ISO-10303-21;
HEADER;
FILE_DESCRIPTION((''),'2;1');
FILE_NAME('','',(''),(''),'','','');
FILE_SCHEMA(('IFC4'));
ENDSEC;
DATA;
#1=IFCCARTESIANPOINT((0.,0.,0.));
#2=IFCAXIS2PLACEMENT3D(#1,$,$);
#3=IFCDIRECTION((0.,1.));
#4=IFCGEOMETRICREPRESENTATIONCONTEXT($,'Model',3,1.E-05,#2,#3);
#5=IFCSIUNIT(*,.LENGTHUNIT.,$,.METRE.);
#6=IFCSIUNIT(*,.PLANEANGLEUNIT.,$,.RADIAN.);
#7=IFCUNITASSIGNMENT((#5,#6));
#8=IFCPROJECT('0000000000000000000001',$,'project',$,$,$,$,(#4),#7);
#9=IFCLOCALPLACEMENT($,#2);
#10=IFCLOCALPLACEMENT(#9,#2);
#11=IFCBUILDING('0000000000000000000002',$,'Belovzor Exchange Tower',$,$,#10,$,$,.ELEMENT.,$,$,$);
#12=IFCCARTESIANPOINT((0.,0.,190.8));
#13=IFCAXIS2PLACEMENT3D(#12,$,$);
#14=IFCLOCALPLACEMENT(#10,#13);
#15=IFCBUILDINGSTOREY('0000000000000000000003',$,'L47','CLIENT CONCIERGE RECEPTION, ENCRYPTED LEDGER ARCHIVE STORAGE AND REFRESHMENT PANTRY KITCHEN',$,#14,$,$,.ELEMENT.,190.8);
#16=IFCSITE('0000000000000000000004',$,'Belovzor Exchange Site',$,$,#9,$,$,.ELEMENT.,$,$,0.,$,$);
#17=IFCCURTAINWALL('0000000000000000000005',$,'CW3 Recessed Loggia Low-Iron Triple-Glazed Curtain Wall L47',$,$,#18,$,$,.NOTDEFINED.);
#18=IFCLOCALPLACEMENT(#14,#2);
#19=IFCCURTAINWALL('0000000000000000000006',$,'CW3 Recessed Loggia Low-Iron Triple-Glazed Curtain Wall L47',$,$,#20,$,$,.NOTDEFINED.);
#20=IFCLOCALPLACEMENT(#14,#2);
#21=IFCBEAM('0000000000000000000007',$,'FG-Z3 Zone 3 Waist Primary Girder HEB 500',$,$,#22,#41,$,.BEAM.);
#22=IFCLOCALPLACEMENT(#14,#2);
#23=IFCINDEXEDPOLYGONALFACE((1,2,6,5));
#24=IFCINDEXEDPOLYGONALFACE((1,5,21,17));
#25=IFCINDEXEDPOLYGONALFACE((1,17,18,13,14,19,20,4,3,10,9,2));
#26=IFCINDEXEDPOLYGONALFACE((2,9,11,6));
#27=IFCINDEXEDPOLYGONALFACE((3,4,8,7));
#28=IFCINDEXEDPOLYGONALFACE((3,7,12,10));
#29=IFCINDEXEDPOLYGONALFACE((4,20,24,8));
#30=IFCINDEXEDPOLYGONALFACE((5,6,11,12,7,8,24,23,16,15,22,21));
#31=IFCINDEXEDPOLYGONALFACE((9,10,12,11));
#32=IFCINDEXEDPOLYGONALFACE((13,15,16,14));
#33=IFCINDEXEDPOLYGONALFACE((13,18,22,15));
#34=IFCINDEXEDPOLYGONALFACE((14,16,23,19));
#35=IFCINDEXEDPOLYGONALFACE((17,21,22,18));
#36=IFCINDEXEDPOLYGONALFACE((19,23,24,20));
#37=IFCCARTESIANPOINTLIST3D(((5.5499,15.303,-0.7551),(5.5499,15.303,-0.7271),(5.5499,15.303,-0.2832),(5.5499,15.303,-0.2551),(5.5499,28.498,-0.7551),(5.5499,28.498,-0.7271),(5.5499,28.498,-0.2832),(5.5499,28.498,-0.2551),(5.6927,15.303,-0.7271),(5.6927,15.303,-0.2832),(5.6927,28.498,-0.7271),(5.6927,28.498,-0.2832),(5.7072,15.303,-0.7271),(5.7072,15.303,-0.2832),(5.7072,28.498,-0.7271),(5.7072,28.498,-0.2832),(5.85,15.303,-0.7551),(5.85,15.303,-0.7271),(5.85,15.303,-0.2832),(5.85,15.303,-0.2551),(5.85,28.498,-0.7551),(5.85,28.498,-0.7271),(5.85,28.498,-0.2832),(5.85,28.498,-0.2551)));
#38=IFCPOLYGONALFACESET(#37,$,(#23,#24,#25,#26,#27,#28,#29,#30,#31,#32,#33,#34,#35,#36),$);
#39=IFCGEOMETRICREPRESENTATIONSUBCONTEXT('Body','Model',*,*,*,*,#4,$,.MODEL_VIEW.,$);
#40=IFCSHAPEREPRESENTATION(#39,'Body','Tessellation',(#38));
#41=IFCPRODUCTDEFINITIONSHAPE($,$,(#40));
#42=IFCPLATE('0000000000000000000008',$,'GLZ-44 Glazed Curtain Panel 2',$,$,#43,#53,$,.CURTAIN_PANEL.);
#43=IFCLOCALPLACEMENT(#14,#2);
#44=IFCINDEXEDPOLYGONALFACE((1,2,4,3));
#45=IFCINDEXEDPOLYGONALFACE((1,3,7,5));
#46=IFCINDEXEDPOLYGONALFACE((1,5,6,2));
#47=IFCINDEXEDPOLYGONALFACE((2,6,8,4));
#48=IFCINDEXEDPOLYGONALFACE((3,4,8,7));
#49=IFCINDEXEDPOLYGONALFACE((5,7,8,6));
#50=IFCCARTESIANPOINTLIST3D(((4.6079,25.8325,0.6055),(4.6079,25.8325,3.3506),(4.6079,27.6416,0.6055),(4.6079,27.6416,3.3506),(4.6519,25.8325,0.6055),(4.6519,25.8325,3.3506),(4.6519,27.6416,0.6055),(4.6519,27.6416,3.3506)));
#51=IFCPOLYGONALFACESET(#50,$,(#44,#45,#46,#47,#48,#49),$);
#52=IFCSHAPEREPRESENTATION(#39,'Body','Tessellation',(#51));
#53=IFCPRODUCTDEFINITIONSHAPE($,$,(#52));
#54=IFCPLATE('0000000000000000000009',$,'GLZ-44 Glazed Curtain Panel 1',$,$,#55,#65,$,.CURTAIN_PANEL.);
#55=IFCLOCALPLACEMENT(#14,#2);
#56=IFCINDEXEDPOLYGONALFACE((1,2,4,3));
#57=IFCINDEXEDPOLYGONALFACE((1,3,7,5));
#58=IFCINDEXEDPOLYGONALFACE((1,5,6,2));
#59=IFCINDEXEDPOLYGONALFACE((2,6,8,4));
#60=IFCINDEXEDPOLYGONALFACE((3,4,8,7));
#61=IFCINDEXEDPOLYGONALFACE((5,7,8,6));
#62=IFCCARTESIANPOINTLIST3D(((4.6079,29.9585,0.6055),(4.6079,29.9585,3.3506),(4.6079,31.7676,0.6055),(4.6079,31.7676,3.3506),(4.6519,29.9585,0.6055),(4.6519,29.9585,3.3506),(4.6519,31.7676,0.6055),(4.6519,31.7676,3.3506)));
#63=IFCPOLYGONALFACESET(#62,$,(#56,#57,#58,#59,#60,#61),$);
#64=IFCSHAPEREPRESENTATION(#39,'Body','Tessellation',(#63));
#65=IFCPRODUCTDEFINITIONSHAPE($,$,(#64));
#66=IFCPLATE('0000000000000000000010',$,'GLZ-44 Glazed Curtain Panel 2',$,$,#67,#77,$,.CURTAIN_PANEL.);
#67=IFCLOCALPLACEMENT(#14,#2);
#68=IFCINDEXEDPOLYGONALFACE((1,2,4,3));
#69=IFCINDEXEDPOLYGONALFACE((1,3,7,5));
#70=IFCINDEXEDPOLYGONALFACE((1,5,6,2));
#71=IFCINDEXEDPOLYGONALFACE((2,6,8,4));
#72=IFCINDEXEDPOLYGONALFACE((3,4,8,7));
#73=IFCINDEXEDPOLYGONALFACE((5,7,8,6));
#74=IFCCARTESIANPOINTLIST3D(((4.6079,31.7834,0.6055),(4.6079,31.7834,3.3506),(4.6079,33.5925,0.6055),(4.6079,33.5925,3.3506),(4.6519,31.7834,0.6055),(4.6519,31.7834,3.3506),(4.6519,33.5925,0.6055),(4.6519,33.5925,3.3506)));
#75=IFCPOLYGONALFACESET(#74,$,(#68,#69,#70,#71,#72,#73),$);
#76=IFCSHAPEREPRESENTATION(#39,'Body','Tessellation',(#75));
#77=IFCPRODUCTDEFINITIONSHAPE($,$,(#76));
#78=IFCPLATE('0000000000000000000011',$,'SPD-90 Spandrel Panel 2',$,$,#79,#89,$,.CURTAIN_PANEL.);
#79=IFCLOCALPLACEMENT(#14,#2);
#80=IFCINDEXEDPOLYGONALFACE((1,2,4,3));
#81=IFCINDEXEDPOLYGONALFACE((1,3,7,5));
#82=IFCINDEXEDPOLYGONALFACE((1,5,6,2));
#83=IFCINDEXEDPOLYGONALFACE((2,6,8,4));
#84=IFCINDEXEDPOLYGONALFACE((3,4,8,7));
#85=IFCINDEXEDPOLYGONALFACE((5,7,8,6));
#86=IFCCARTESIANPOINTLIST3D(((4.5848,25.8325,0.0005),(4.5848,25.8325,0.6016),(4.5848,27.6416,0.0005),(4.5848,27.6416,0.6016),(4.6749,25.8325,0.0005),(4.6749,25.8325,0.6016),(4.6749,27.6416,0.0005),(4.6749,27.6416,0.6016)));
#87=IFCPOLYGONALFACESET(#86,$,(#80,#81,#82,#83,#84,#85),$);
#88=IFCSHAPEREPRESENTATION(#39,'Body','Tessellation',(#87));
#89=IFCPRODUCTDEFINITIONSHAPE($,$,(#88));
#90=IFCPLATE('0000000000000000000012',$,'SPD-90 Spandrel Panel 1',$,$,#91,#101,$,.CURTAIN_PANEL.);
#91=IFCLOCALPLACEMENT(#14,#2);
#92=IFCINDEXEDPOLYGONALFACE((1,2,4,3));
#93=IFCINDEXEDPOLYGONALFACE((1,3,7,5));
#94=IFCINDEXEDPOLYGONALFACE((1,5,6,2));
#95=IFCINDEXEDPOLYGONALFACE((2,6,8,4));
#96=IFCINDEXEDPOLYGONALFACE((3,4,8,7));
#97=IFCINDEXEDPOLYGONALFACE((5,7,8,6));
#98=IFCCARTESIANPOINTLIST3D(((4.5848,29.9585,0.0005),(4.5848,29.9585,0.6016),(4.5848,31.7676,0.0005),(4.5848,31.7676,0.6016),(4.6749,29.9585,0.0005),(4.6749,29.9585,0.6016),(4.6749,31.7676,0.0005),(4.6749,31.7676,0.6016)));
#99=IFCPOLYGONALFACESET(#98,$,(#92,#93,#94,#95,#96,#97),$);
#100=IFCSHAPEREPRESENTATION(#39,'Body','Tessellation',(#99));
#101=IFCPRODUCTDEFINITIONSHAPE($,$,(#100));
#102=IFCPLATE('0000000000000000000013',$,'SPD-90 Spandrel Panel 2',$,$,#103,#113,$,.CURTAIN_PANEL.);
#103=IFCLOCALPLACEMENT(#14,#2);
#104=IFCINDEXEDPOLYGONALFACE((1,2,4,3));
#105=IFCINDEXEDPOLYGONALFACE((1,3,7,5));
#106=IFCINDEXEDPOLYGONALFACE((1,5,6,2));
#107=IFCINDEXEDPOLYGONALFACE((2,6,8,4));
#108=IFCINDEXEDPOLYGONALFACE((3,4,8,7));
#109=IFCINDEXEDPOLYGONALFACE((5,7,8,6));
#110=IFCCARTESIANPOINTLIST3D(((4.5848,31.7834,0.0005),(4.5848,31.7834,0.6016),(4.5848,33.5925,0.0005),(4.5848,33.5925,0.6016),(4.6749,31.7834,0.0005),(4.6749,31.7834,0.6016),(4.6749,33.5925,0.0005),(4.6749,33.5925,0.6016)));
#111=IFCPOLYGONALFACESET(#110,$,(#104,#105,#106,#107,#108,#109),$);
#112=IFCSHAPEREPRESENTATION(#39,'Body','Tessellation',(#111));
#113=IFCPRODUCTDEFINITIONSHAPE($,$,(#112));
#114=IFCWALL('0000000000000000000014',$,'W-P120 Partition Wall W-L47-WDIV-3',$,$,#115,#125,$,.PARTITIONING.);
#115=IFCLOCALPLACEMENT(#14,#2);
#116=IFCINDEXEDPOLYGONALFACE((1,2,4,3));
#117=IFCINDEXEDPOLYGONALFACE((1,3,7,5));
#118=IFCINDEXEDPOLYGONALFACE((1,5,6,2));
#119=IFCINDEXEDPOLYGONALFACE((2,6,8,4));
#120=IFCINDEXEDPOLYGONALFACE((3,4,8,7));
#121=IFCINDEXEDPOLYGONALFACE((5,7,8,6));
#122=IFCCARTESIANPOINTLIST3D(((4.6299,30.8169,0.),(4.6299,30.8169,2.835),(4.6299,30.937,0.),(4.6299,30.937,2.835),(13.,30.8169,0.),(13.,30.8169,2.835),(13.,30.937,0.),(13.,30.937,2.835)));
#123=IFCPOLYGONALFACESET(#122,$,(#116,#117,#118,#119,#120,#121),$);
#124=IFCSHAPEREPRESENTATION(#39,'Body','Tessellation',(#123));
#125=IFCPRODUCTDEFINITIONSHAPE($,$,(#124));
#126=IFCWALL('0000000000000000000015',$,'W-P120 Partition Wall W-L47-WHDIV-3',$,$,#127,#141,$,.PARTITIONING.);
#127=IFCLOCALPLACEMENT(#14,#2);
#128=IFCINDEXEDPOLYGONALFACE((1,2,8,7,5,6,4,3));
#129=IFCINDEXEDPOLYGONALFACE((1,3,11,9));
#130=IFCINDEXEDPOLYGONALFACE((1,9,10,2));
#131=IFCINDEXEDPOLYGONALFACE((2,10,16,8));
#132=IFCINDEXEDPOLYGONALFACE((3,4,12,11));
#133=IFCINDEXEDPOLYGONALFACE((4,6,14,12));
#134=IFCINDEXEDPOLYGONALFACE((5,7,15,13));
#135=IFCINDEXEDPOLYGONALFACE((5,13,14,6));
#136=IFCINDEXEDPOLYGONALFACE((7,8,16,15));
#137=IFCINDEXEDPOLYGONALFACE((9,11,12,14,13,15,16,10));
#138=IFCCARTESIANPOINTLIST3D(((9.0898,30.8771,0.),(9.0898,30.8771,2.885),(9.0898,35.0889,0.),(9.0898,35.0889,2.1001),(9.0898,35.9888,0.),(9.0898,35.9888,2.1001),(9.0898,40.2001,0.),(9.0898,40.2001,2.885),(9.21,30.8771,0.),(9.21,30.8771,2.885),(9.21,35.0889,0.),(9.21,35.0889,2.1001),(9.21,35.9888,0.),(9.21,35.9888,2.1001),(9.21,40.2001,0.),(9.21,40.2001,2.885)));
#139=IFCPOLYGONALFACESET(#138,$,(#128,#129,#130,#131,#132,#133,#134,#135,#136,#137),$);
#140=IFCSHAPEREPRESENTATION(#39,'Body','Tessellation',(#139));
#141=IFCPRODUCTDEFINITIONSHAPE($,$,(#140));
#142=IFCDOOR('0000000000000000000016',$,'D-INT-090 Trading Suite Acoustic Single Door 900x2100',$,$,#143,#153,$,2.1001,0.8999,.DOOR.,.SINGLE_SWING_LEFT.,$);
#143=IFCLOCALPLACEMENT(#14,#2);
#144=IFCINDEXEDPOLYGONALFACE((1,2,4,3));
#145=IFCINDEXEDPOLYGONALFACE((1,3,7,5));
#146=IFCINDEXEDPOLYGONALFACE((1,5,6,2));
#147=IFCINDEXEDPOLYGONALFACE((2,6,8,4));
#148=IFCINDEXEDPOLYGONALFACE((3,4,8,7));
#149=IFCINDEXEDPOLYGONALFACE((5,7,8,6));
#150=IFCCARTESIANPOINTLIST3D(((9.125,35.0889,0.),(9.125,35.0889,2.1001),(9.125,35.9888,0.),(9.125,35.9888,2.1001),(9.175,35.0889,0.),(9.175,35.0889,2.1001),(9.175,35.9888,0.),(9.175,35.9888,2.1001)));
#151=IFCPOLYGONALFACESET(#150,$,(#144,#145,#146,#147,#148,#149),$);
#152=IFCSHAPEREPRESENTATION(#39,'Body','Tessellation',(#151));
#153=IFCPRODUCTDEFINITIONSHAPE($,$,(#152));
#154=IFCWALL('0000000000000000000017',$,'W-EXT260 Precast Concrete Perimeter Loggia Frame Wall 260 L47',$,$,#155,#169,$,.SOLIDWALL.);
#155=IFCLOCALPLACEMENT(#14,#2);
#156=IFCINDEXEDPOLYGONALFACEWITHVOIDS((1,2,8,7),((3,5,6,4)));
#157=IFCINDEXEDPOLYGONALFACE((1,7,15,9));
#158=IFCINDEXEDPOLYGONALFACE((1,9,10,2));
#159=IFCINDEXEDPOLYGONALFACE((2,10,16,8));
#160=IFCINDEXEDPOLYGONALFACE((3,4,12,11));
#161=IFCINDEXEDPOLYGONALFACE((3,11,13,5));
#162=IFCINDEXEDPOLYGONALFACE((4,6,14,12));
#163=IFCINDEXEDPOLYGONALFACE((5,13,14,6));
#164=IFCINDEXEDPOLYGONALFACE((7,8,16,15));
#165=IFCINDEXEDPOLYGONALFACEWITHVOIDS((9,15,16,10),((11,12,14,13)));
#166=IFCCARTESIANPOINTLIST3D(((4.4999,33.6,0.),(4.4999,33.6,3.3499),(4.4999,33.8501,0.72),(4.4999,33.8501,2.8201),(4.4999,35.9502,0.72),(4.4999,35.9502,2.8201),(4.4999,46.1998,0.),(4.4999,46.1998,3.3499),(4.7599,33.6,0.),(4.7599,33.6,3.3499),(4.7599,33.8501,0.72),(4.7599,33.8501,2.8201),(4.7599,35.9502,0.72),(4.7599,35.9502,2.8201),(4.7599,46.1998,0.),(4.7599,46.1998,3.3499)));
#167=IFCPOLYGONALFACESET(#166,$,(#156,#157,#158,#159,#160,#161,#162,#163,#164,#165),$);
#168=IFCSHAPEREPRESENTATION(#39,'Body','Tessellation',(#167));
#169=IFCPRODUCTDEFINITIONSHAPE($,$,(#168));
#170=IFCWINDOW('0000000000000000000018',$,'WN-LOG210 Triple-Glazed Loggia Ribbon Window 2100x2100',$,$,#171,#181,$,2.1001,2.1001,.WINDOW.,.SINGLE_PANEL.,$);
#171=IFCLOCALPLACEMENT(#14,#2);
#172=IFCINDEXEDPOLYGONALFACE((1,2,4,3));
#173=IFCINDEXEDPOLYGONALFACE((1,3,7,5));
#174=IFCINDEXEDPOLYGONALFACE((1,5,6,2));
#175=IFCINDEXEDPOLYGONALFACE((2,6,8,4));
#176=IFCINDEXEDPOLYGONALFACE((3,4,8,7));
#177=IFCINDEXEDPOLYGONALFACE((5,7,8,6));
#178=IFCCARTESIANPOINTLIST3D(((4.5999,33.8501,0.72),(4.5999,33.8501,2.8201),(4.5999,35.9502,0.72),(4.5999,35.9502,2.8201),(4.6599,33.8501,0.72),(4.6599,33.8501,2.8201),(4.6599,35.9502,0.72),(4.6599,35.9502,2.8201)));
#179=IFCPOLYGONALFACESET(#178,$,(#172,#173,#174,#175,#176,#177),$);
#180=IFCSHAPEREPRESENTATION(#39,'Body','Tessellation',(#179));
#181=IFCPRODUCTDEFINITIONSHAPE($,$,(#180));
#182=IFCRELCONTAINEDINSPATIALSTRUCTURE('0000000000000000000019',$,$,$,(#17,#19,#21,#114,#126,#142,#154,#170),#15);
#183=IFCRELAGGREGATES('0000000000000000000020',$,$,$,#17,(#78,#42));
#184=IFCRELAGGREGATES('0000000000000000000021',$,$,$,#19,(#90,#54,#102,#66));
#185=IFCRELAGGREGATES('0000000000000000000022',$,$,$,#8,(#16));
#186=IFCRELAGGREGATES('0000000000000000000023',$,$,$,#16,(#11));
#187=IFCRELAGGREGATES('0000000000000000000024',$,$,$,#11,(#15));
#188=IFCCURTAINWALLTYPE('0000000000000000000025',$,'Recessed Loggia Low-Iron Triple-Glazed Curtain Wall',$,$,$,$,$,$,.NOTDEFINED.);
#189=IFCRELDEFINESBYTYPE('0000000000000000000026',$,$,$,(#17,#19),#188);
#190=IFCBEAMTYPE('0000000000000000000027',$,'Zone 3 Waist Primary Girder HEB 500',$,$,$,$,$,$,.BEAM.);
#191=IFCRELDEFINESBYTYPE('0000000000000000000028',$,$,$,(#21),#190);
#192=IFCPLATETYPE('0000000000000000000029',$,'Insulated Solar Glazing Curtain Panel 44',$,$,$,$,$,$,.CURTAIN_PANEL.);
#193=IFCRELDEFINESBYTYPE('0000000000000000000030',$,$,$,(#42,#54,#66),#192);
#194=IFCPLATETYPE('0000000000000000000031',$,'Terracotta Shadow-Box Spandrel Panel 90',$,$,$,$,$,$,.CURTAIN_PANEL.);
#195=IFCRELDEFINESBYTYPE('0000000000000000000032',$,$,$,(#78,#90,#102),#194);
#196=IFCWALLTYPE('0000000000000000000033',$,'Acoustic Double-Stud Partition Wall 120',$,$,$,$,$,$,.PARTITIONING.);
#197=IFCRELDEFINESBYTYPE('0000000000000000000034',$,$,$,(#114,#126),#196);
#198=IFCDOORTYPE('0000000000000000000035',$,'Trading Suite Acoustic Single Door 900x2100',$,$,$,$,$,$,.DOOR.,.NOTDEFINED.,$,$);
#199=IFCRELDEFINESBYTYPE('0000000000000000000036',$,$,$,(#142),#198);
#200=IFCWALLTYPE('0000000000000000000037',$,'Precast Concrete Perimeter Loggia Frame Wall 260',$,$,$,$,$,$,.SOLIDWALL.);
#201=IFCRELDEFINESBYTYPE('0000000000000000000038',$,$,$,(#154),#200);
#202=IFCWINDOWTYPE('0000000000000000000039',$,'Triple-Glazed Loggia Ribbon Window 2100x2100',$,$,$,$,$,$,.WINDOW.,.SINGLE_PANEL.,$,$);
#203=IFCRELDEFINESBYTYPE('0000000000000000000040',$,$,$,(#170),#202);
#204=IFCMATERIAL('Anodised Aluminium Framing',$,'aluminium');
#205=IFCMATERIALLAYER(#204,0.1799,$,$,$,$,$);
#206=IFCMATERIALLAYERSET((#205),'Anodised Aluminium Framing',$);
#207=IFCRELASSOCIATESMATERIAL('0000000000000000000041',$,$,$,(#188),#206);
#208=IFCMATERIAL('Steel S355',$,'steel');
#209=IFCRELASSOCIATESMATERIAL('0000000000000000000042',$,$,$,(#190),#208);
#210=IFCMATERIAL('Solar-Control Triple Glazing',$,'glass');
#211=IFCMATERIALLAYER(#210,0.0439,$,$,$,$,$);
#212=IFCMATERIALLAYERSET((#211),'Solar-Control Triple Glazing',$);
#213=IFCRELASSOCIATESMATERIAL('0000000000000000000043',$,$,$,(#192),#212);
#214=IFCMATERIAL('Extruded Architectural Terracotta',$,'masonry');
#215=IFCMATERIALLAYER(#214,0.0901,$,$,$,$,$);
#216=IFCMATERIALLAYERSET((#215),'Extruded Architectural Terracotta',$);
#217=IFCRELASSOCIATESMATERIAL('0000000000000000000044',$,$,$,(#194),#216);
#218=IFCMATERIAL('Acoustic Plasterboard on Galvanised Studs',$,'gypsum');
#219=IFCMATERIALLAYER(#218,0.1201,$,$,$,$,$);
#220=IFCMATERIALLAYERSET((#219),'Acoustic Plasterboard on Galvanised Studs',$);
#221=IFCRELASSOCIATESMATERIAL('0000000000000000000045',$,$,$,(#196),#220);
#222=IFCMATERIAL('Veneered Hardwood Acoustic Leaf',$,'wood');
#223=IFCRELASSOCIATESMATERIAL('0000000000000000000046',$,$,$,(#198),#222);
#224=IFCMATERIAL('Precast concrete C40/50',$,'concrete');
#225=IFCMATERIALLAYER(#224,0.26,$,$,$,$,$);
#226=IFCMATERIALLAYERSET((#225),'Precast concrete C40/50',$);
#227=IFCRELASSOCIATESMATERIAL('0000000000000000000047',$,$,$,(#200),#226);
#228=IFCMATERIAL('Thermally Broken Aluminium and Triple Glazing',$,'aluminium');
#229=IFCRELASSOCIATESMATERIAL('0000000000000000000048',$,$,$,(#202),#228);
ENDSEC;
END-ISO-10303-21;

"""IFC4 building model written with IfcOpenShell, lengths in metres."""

from ifc_helpers import new_model, si_unit, direction, frame, frame_2d, origin, origin_2d, place, context, subcontext, project, spatial, rectangle, i_section, extrude, material, layer, layer_set, material_profile, profile_set, type_object, element, fill, aggregate, save


model = new_model("IFC4")

# Units and contexts
model_context = context("Model", 3, precision=1e-05, world=origin(), true_north=direction((0.0, 1.0)))
body_context = subcontext(model_context, "Body", "Model", "MODEL_VIEW")
ifc_project = project(units=[si_unit("LENGTHUNIT", "METRE"), si_unit("PLANEANGLEUNIT", "RADIAN")], contexts=[model_context])

# Site, building, storey
site_placement = place(None, origin())
site = spatial("IfcSite", under=ifc_project, at=site_placement, Name="Belovzor Exchange Site", CompositionType="ELEMENT", RefElevation=0.0)
building_placement = place(site_placement, origin())
building = spatial("IfcBuilding", under=site, at=building_placement, Name="Belovzor Exchange Tower", CompositionType="ELEMENT")
storey_placement = place(building_placement, frame((0.0, 0.0, 190.8)))
storey = spatial("IfcBuildingStorey", under=building, at=storey_placement, Name="L47", Description="CLIENT CONCIERGE RECEPTION, ENCRYPTED LEDGER ARCHIVE STORAGE AND REFRESHMENT PANTRY KITCHEN", CompositionType="ELEMENT", Elevation=190.8)

# Curtain wall
ifc_material_1 = material(Name="Anodised Aluminium Framing", Category="aluminium")
ifc_layer_1 = layer(ifc_material_1, 0.1799)
ifc_layer_set_1 = layer_set([ifc_layer_1], Name="Anodised Aluminium Framing")
curtain_wall_type = type_object("IfcCurtainWallType", Name="Recessed Loggia Low-Iron Triple-Glazed Curtain Wall", PredefinedType="NOTDEFINED", material=ifc_layer_set_1)
curtain_wall_1_placement = place(storey_placement, origin())
curtain_wall_1 = element("IfcCurtainWall", 1, at=curtain_wall_1_placement, inside=storey, type_object=curtain_wall_type, Name="CW3 Recessed Loggia Low-Iron Triple-Glazed Curtain Wall L47", PredefinedType="NOTDEFINED")

# Curtain wall
curtain_wall_2_placement = place(storey_placement, origin())
curtain_wall_2 = element("IfcCurtainWall", 2, at=curtain_wall_2_placement, inside=storey, type_object=curtain_wall_type, Name="CW3 Recessed Loggia Low-Iron Triple-Glazed Curtain Wall L47", PredefinedType="NOTDEFINED")

# Beam
ifc_material_2 = material(Name="Steel S355", Category="steel")
ifc_material_profile_1 = material_profile(ifc_material_2, i_section(OverallWidth=0.3, OverallDepth=0.5, WebThickness=0.0144, FlangeThickness=0.0281, at=origin_2d()))
ifc_profile_set_1 = profile_set([ifc_material_profile_1], Name="Steel S355")
beam_type_1 = type_object("IfcBeamType", Name="Zone 3 Waist Primary Girder HEB 500", PredefinedType="BEAM", material=ifc_profile_set_1)
beam_1_placement = place(storey_placement, frame((5.7, 28.498, -0.5051), z_axis=(0.0, -1.0, 0.0), x_axis=(1.0, 0.0, 0.0)))
element("IfcBeam", 3, at=beam_1_placement, inside=storey, type_object=beam_type_1, Name="FG-Z3 Zone 3 Waist Primary Girder HEB 500", PredefinedType="BEAM", context=body_context, shape_type="SweptSolid", body=[
    extrude(i_section(OverallWidth=0.3, OverallDepth=0.5, WebThickness=0.0144, FlangeThickness=0.0281, at=origin_2d()), origin(), (0.0, 0.0, 1.0), 13.1951),
])

# Plates
ifc_material_3 = material(Name="Solar-Control Triple Glazing", Category="glass")
ifc_layer_2 = layer(ifc_material_3, 0.0439)
ifc_layer_set_2 = layer_set([ifc_layer_2], Name="Solar-Control Triple Glazing")
plate_type_1 = type_object("IfcPlateType", Name="Insulated Solar Glazing Curtain Panel 44", PredefinedType="CURTAIN_PANEL", material=ifc_layer_set_2)
plate_1_placement = place(storey_placement, frame((4.6299, 26.7371, 0.6055), z_axis=(0.0, 0.0, 1.0), x_axis=(0.0, 1.0, 0.0)))
plate_1 = element("IfcPlate", 4, at=plate_1_placement, type_object=plate_type_1, Name="GLZ-44 Glazed Curtain Panel 2", PredefinedType="CURTAIN_PANEL", context=body_context, shape_type="SweptSolid", body=[
    extrude(rectangle(XDim=1.8091, YDim=0.0439, at=origin_2d()), origin(), (0.0, 0.0, 1.0), 2.7451),
])
plate_2_placement = place(storey_placement, frame((4.6299, 30.863, 0.6055), z_axis=(0.0, 0.0, 1.0), x_axis=(0.0, 1.0, 0.0)))
plate_2 = element("IfcPlate", 5, at=plate_2_placement, type_object=plate_type_1, Name="GLZ-44 Glazed Curtain Panel 1", PredefinedType="CURTAIN_PANEL", context=body_context, shape_type="SweptSolid", body=[
    extrude(rectangle(XDim=1.8091, YDim=0.0439, at=origin_2d()), origin(), (0.0, 0.0, 1.0), 2.7451),
])
plate_3_placement = place(storey_placement, frame((4.6299, 32.688, 0.6055), z_axis=(0.0, 0.0, 1.0), x_axis=(0.0, 1.0, 0.0)))
plate_3 = element("IfcPlate", 6, at=plate_3_placement, type_object=plate_type_1, Name="GLZ-44 Glazed Curtain Panel 2", PredefinedType="CURTAIN_PANEL", context=body_context, shape_type="SweptSolid", body=[
    extrude(rectangle(XDim=1.8091, YDim=0.0439, at=origin_2d()), origin(), (0.0, 0.0, 1.0), 2.7451),
])
ifc_material_4 = material(Name="Extruded Architectural Terracotta", Category="masonry")
ifc_layer_3 = layer(ifc_material_4, 0.0901)
ifc_layer_set_3 = layer_set([ifc_layer_3], Name="Extruded Architectural Terracotta")
plate_type_2 = type_object("IfcPlateType", Name="Terracotta Shadow-Box Spandrel Panel 90", PredefinedType="CURTAIN_PANEL", material=ifc_layer_set_3)
plate_4_placement = place(storey_placement, frame((4.6299, 26.7371, 0.0005), z_axis=(0.0, 0.0, 1.0), x_axis=(0.0, 1.0, 0.0)))
plate_4 = element("IfcPlate", 7, at=plate_4_placement, type_object=plate_type_2, Name="SPD-90 Spandrel Panel 2", PredefinedType="CURTAIN_PANEL", context=body_context, shape_type="SweptSolid", body=[
    extrude(rectangle(XDim=1.8091, YDim=0.0901, at=origin_2d()), origin(), (0.0, 0.0, 1.0), 0.6011),
])
aggregate(curtain_wall_1, [plate_4, plate_1])
plate_5_placement = place(storey_placement, frame((4.6299, 30.863, 0.0005), z_axis=(0.0, 0.0, 1.0), x_axis=(0.0, 1.0, 0.0)))
plate_5 = element("IfcPlate", 8, at=plate_5_placement, type_object=plate_type_2, Name="SPD-90 Spandrel Panel 1", PredefinedType="CURTAIN_PANEL", context=body_context, shape_type="SweptSolid", body=[
    extrude(rectangle(XDim=1.8091, YDim=0.0901, at=origin_2d()), origin(), (0.0, 0.0, 1.0), 0.6011),
])
plate_6_placement = place(storey_placement, frame((4.6299, 32.688, 0.0005), z_axis=(0.0, 0.0, 1.0), x_axis=(0.0, 1.0, 0.0)))
plate_6 = element("IfcPlate", 9, at=plate_6_placement, type_object=plate_type_2, Name="SPD-90 Spandrel Panel 2", PredefinedType="CURTAIN_PANEL", context=body_context, shape_type="SweptSolid", body=[
    extrude(rectangle(XDim=1.8091, YDim=0.0901, at=origin_2d()), origin(), (0.0, 0.0, 1.0), 0.6011),
])
aggregate(curtain_wall_2, [plate_5, plate_2, plate_6, plate_3])

# Wall
ifc_material_5 = material(Name="Acoustic Plasterboard on Galvanised Studs", Category="gypsum")
ifc_layer_4 = layer(ifc_material_5, 0.1201)
ifc_layer_set_4 = layer_set([ifc_layer_4], Name="Acoustic Plasterboard on Galvanised Studs")
wall_type_1 = type_object("IfcWallType", Name="Acoustic Double-Stud Partition Wall 120", PredefinedType="PARTITIONING", material=ifc_layer_set_4)
wall_1_placement = place(storey_placement, frame((4.6299, 30.877, 0.0), z_axis=(0.0, 0.0, 1.0), x_axis=(1.0, 0.0, 0.0)))
element("IfcWall", 10, at=wall_1_placement, inside=storey, type_object=wall_type_1, Name="W-P120 Partition Wall W-L47-WDIV-3", PredefinedType="PARTITIONING", context=body_context, shape_type="SweptSolid", body=[
    extrude(rectangle(XDim=8.3701, YDim=0.1201, at=frame_2d((4.1851, 0.0))), origin(), (0.0, 0.0, 1.0), 2.835),
])

# Wall, opening, door
wall_2_placement = place(storey_placement, frame((9.1499, 30.877, 0.0), z_axis=(0.0, 0.0, 1.0), x_axis=(0.0, 1.0, 0.0)))
wall_2 = element("IfcWall", 11, at=wall_2_placement, inside=storey, type_object=wall_type_1, Name="W-P120 Partition Wall W-L47-WHDIV-3", PredefinedType="PARTITIONING", context=body_context, shape_type="SweptSolid", body=[
    extrude(rectangle(XDim=9.323, YDim=0.1201, at=frame_2d((4.6616, 0.0))), origin(), (0.0, 0.0, 1.0), 2.885),
])
opening_1_placement = place(wall_2_placement, frame((4.2119, 0.0, 0.0)))
opening_1 = element("IfcOpeningElement", 12, at=opening_1_placement, cuts=wall_2, PredefinedType="OPENING", context=body_context, shape_type="SweptSolid", body=[
    extrude(rectangle(XDim=0.8999, YDim=2.1001, at=frame_2d((0.45, 1.05))), frame((0.0, 0.0701, 0.0), z_axis=(0.0, -1.0, 0.0), x_axis=(1.0, 0.0, 0.0)), (0.0, 0.0, 1.0), 0.1401),
])
ifc_material_6 = material(Name="Veneered Hardwood Acoustic Leaf", Category="wood")
door_type = type_object("IfcDoorType", Name="Trading Suite Acoustic Single Door 900x2100", OperationType="NOTDEFINED", PredefinedType="DOOR", material=ifc_material_6)
door_placement = place(opening_1_placement, origin())
door = element("IfcDoor", 13, at=door_placement, inside=storey, type_object=door_type, Name="D-INT-090 Trading Suite Acoustic Single Door 900x2100", OperationType="SINGLE_SWING_LEFT", OverallHeight=2.1001, OverallWidth=0.8999, PredefinedType="DOOR", context=body_context, shape_type="SweptSolid", body=[
    extrude(rectangle(XDim=0.8999, YDim=2.1001, at=frame_2d((0.45, 1.05))), frame((0.0, 0.0249, 0.0), z_axis=(0.0, -1.0, 0.0), x_axis=(1.0, 0.0, 0.0)), (0.0, 0.0, 1.0), 0.05),
])
fill(opening_1, door)

# Wall, opening, window
ifc_material_7 = material(Name="Precast concrete C40/50", Category="concrete")
ifc_layer_5 = layer(ifc_material_7, 0.26)
ifc_layer_set_5 = layer_set([ifc_layer_5], Name="Precast concrete C40/50")
wall_type_2 = type_object("IfcWallType", Name="Precast Concrete Perimeter Loggia Frame Wall 260", PredefinedType="SOLIDWALL", material=ifc_layer_set_5)
wall_3_placement = place(storey_placement, frame((4.6299, 33.6001, 0.0), z_axis=(0.0, 0.0, 1.0), x_axis=(0.0, 1.0, 0.0)))
wall_3 = element("IfcWall", 14, at=wall_3_placement, inside=storey, type_object=wall_type_2, Name="W-EXT260 Precast Concrete Perimeter Loggia Frame Wall 260 L47", PredefinedType="SOLIDWALL", context=body_context, shape_type="SweptSolid", body=[
    extrude(rectangle(XDim=12.5999, YDim=0.26, at=frame_2d((6.2998, 0.0))), origin(), (0.0, 0.0, 1.0), 3.3499),
])
opening_2_placement = place(wall_3_placement, frame((0.25, 0.0, 0.72)))
opening_2 = element("IfcOpeningElement", 15, at=opening_2_placement, cuts=wall_3, PredefinedType="OPENING", context=body_context, shape_type="SweptSolid", body=[
    extrude(rectangle(XDim=2.1001, YDim=2.1001, at=frame_2d((1.05, 1.05))), frame((0.0, 0.1399, 0.0), z_axis=(0.0, -1.0, 0.0), x_axis=(1.0, 0.0, 0.0)), (0.0, 0.0, 1.0), 0.28),
])
ifc_material_8 = material(Name="Thermally Broken Aluminium and Triple Glazing", Category="aluminium")
window_type = type_object("IfcWindowType", Name="Triple-Glazed Loggia Ribbon Window 2100x2100", PartitioningType="SINGLE_PANEL", PredefinedType="WINDOW", material=ifc_material_8)
window_placement = place(opening_2_placement, origin())
window = element("IfcWindow", 16, at=window_placement, inside=storey, type_object=window_type, Name="WN-LOG210 Triple-Glazed Loggia Ribbon Window 2100x2100", OverallHeight=2.1001, OverallWidth=2.1001, PartitioningType="SINGLE_PANEL", PredefinedType="WINDOW", context=body_context, shape_type="SweptSolid", body=[
    extrude(rectangle(XDim=2.1001, YDim=2.1001, at=frame_2d((1.05, 1.05))), frame((0.0, 0.03, 0.0), z_axis=(0.0, -1.0, 0.0), x_axis=(1.0, 0.0, 0.0)), (0.0, 0.0, 1.0), 0.0601),
])
fill(opening_2, window)

save(model, "model.ifc")
